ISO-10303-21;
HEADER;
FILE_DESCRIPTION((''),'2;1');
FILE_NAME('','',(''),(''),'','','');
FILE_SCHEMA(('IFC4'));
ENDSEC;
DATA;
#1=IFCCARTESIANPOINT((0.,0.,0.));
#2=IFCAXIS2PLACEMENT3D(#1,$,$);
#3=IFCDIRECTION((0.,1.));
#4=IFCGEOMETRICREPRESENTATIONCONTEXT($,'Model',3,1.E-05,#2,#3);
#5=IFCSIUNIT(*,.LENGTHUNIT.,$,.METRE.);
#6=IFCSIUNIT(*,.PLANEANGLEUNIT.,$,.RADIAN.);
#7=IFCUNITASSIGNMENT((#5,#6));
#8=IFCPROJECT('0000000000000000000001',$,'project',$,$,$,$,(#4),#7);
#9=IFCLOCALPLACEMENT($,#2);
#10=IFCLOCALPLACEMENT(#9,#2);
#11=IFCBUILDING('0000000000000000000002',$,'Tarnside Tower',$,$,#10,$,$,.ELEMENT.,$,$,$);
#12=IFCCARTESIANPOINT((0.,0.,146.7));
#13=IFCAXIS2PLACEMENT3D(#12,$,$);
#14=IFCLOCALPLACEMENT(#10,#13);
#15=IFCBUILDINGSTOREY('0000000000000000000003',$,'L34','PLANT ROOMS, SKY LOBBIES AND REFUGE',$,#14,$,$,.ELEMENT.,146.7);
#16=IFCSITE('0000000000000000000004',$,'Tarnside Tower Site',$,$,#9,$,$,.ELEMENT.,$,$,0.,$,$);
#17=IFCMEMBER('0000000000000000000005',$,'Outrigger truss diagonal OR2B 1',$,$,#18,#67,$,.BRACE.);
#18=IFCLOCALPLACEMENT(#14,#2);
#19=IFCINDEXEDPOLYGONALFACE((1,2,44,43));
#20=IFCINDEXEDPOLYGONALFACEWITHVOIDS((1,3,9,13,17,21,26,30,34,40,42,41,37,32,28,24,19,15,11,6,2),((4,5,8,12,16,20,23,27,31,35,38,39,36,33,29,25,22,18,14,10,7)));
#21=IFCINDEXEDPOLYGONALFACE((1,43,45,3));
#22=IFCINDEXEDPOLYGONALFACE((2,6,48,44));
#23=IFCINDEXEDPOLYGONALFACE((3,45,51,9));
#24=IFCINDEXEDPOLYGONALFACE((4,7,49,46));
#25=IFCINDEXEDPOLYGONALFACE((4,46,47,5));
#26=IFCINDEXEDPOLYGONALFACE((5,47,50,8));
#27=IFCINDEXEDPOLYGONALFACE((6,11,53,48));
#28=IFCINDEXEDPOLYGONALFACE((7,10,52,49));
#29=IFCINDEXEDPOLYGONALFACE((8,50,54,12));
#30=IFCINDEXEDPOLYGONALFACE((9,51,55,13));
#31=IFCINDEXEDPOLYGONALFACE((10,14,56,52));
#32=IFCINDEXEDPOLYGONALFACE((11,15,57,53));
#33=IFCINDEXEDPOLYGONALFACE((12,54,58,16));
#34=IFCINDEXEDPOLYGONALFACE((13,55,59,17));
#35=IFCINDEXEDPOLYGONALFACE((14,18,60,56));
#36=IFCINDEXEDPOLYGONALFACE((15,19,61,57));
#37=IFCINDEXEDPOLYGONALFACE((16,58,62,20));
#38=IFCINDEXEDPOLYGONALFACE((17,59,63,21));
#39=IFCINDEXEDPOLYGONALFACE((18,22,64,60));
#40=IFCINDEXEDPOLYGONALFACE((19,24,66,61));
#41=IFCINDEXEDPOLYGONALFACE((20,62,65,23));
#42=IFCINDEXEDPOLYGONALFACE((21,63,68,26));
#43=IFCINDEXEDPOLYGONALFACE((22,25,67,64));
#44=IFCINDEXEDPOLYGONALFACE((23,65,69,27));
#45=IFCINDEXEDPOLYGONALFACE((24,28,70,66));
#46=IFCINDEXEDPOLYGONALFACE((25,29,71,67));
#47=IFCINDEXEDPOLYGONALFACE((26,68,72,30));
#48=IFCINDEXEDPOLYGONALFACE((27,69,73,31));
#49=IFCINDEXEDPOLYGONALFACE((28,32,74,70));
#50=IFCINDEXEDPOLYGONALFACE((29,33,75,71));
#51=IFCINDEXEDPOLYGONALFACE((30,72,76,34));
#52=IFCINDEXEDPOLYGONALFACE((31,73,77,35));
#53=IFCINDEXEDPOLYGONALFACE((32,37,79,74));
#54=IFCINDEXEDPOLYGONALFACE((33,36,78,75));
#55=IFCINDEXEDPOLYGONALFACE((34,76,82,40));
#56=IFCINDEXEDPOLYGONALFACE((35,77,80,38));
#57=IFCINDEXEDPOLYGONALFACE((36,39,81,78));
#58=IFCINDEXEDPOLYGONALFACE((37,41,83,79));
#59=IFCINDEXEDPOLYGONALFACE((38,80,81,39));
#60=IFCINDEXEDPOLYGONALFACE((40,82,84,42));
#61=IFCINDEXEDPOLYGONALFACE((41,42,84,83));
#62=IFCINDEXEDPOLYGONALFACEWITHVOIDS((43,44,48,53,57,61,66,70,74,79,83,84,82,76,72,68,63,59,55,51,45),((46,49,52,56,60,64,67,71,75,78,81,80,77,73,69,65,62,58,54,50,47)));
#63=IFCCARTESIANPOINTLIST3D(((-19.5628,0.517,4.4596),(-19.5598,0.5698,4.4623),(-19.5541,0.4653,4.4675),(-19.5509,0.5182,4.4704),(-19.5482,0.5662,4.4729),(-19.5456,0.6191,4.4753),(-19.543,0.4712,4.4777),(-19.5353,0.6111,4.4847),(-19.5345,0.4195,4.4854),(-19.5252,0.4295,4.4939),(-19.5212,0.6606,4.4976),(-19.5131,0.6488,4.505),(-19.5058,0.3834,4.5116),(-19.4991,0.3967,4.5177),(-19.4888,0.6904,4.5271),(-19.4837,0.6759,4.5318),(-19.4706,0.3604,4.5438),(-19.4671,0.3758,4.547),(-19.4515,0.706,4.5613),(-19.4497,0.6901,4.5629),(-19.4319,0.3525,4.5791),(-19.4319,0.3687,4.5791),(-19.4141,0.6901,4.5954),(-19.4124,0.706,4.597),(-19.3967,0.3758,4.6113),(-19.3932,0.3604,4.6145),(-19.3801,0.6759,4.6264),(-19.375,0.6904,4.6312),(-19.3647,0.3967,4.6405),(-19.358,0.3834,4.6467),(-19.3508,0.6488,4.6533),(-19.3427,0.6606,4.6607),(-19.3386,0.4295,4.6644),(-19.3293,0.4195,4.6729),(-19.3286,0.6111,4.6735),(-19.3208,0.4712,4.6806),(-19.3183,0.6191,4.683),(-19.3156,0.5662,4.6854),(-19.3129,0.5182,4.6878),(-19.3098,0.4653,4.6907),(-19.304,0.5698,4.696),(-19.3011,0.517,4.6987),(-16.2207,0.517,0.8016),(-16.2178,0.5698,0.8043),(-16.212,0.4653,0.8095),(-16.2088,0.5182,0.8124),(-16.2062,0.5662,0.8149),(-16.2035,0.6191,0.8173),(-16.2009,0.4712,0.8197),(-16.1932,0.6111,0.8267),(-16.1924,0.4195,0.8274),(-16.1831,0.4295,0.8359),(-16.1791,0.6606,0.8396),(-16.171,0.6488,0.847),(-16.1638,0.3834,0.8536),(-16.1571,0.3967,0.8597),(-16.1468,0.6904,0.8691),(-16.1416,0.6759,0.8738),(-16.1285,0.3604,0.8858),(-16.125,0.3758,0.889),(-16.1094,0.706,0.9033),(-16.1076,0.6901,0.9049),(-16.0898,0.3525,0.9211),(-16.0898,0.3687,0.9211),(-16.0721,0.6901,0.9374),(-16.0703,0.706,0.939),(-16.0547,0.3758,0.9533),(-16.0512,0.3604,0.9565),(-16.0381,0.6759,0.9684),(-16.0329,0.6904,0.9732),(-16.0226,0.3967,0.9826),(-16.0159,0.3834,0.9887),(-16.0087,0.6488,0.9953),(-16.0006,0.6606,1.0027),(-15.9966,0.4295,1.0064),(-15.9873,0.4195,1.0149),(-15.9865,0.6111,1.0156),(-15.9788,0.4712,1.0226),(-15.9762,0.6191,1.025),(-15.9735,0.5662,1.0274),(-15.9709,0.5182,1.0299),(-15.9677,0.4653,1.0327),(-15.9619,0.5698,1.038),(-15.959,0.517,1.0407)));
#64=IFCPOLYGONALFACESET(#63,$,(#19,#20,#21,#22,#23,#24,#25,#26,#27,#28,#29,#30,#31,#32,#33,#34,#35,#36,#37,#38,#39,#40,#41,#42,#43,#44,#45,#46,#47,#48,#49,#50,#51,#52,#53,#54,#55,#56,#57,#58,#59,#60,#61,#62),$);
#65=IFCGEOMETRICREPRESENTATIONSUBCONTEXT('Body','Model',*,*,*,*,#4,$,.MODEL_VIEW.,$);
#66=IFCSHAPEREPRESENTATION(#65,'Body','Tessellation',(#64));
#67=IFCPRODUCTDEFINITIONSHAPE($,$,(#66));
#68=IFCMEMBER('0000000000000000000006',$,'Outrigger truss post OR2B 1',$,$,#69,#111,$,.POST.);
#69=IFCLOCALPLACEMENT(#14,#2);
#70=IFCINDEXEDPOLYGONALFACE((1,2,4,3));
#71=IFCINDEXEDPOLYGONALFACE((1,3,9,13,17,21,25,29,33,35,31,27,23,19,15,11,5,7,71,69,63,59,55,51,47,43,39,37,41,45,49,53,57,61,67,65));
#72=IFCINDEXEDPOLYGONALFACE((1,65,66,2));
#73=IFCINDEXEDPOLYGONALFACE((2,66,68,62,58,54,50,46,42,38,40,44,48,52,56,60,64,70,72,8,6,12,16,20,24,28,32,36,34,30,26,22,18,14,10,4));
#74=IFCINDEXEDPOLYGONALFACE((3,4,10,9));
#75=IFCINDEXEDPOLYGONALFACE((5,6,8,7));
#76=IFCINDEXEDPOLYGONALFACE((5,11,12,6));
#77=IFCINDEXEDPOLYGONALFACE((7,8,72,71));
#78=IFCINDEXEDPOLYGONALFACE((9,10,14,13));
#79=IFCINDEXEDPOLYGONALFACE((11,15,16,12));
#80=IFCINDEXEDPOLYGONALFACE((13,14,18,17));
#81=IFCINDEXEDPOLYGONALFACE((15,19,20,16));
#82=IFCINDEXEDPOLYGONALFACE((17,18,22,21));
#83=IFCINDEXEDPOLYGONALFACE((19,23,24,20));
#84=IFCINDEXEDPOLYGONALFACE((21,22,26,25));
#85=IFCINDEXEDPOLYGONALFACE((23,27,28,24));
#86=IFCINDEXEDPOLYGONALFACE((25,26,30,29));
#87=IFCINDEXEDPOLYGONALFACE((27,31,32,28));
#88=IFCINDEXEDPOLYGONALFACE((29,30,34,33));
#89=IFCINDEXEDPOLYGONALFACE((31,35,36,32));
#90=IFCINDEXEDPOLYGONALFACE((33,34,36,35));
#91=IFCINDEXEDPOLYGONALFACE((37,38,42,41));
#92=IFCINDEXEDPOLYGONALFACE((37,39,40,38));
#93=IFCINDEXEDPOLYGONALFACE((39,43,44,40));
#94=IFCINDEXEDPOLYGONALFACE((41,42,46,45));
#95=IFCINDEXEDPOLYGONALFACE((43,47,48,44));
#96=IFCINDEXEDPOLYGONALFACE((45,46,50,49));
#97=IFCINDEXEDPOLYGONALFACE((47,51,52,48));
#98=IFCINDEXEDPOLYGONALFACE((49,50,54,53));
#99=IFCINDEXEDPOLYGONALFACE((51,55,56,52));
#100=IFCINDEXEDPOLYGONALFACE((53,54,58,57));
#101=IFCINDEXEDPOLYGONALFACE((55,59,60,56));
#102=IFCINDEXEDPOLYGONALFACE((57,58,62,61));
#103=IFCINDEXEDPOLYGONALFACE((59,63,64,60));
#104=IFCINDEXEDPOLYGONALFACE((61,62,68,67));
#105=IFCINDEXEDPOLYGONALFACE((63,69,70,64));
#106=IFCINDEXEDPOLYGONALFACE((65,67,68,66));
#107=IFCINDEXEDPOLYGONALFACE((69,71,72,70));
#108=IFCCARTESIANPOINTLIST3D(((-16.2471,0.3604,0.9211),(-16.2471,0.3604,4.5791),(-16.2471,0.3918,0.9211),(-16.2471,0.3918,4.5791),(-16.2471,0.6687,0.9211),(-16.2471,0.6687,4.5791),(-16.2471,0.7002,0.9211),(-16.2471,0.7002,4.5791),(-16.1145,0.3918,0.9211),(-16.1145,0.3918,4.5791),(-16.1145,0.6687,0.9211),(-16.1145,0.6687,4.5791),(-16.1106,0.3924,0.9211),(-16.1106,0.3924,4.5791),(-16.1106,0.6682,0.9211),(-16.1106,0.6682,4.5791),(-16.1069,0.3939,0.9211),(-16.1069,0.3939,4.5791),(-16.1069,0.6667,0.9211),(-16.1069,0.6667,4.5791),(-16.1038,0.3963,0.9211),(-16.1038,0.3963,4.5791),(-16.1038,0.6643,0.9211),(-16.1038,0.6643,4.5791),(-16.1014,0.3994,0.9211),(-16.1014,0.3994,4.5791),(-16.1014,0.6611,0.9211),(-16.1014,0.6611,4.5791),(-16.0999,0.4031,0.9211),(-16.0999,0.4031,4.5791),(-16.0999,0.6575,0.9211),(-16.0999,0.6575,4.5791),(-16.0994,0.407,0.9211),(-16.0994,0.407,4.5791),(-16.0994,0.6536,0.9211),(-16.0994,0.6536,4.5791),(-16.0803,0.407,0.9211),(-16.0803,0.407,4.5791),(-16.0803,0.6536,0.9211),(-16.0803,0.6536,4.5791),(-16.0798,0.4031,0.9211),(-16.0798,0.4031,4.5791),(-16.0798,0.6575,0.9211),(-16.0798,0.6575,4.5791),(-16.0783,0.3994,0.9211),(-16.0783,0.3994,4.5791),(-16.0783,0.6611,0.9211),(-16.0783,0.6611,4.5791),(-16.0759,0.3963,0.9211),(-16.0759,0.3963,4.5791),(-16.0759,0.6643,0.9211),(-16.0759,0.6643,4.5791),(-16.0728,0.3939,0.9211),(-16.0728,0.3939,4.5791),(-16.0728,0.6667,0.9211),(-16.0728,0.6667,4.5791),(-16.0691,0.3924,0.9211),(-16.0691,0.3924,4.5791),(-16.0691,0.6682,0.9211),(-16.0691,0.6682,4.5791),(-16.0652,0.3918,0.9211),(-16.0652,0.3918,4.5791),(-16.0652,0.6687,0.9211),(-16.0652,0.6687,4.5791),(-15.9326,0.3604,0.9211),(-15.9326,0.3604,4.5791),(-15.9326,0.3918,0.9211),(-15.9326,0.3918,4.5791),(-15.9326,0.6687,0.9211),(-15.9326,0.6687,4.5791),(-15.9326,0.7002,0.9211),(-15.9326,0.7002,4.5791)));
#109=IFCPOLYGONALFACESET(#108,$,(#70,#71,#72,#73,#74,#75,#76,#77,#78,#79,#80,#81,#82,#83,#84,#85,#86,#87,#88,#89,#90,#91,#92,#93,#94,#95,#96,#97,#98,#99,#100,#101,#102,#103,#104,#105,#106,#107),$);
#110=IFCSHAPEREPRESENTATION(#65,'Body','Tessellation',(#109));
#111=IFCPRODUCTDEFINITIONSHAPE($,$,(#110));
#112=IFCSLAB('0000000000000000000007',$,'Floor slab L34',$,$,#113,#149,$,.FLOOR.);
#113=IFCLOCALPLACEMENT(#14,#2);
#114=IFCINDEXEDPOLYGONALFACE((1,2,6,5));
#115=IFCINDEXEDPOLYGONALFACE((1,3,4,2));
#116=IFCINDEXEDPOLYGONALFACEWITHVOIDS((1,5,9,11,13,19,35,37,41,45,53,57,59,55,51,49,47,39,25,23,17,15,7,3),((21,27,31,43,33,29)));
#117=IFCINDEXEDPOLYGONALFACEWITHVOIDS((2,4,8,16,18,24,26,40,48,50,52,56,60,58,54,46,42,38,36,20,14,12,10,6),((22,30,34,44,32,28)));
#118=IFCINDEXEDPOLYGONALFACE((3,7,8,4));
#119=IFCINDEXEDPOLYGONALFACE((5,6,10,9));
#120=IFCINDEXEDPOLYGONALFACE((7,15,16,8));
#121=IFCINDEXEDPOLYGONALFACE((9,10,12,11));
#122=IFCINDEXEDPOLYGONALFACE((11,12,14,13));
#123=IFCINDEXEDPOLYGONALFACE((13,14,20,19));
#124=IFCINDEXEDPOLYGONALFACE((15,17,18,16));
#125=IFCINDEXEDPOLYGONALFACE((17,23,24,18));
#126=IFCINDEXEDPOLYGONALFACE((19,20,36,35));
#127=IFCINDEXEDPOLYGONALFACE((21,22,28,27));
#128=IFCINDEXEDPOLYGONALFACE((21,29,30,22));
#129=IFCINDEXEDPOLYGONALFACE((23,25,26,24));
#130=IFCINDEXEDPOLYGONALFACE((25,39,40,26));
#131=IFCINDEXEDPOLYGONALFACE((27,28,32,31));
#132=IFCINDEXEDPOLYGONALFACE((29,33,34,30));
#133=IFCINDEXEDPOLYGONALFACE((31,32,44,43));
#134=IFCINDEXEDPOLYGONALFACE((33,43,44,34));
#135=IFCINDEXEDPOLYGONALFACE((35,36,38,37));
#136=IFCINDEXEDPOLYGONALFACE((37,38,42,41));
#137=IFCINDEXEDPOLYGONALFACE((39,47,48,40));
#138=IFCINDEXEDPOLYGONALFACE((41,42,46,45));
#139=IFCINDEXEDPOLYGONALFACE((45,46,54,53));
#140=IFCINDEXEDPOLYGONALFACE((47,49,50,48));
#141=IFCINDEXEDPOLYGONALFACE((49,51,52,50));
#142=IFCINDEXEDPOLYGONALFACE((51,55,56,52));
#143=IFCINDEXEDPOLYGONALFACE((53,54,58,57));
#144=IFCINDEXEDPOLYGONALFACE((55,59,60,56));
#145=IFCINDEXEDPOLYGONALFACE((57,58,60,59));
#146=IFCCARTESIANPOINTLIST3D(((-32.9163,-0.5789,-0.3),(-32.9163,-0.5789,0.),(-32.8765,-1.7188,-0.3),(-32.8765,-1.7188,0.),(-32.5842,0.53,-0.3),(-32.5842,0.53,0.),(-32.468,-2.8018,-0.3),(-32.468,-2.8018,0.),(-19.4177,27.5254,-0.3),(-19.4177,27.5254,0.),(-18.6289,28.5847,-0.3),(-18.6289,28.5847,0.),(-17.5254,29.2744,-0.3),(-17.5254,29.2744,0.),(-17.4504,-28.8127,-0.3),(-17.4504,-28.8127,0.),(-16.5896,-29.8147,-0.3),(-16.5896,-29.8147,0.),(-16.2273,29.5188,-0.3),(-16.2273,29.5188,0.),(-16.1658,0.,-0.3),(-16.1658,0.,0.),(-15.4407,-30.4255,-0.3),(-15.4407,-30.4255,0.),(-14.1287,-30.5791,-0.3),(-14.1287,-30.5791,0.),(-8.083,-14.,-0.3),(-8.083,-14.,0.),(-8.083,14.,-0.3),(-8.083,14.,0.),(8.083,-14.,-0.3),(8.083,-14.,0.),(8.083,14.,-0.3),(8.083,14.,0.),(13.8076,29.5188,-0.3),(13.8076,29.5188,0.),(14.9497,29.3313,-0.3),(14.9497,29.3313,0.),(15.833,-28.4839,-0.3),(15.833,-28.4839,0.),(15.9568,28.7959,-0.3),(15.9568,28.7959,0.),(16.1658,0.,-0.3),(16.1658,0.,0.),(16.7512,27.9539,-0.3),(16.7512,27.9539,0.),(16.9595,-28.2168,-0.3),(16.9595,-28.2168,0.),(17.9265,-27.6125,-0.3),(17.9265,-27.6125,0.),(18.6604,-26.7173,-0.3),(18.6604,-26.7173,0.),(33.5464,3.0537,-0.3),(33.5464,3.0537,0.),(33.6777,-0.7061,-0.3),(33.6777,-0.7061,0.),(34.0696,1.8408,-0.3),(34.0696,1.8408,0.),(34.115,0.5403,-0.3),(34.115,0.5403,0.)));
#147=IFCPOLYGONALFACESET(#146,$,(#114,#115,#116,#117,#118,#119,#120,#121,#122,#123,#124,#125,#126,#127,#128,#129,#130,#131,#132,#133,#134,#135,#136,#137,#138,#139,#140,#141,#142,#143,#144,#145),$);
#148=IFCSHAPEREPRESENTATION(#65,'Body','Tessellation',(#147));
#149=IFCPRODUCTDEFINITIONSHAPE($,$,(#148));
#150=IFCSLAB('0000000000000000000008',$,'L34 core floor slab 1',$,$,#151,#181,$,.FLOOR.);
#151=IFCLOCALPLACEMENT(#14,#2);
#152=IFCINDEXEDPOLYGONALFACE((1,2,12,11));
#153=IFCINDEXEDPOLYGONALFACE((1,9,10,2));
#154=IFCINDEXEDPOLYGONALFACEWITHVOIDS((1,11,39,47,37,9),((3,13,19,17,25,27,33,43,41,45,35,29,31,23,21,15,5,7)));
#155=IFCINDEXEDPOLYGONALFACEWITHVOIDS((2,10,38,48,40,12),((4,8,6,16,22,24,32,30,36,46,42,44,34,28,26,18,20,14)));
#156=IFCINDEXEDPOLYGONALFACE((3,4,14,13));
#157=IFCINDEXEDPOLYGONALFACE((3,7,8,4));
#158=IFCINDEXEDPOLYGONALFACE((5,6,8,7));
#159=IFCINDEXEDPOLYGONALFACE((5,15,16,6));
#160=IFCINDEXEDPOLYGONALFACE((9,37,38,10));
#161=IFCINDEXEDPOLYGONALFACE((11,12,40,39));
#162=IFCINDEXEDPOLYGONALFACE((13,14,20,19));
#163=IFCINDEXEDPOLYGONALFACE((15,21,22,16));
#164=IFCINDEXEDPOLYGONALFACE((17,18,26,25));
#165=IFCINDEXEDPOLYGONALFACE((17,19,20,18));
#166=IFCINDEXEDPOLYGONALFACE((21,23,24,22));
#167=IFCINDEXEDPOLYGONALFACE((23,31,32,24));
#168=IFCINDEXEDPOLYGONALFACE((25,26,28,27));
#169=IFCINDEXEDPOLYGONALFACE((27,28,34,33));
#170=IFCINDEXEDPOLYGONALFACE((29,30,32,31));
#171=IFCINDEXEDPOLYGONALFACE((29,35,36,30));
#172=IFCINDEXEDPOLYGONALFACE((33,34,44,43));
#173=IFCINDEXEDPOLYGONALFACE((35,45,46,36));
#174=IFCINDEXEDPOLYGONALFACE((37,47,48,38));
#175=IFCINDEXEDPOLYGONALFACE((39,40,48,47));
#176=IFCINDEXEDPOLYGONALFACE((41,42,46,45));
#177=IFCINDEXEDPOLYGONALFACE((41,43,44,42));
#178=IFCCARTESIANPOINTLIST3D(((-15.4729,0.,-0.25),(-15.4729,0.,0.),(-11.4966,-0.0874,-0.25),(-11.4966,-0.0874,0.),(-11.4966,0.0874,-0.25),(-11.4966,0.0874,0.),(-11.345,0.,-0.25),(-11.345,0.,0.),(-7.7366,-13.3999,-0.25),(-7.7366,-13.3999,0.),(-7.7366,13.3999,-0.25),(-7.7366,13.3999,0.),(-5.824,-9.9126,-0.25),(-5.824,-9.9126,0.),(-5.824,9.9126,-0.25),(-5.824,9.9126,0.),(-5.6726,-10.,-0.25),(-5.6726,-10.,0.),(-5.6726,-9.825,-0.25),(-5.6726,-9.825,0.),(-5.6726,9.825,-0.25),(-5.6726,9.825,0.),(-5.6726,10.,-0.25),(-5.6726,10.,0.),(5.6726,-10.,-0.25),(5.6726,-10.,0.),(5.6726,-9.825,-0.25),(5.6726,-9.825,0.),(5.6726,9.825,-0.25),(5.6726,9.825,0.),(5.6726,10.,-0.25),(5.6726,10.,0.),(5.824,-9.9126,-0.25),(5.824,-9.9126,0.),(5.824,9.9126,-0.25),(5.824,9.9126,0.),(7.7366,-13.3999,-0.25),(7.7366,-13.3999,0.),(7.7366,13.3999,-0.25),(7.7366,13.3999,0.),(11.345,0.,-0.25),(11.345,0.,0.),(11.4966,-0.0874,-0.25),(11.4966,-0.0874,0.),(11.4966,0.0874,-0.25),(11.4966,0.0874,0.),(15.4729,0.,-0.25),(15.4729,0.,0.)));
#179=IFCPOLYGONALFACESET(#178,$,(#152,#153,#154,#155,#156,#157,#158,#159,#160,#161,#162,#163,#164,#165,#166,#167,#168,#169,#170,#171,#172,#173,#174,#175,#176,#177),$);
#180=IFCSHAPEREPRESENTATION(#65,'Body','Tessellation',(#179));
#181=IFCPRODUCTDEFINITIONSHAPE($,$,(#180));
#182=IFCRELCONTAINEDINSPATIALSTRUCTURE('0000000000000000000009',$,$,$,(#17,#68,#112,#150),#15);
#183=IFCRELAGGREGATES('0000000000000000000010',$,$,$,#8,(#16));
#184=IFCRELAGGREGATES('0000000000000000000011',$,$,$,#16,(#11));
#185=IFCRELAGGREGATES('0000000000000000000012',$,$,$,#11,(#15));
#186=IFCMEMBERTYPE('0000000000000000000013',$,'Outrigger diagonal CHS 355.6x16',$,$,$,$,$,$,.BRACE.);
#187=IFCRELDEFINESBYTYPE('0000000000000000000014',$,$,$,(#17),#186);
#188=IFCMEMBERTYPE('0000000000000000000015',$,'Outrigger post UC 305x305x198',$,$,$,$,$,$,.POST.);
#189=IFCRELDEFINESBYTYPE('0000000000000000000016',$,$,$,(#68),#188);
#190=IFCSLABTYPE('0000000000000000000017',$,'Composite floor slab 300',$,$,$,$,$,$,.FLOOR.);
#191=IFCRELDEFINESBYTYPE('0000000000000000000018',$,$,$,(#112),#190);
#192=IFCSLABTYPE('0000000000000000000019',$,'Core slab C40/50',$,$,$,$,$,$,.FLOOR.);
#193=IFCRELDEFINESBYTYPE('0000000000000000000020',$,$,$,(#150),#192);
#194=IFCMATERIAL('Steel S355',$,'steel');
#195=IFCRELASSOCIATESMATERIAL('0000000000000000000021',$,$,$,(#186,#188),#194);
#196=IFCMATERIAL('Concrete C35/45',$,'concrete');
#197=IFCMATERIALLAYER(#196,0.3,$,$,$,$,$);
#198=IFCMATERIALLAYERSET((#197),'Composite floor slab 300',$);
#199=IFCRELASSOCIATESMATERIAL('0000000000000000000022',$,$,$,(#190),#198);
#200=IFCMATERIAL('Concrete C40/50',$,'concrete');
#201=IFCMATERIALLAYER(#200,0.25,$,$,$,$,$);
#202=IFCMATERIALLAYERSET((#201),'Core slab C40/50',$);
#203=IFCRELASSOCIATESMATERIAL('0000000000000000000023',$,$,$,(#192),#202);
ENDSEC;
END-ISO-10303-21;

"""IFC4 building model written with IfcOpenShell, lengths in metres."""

from ifc_helpers import new_model, si_unit, direction, frame, origin, origin_2d, place, context, subcontext, project, spatial, polyline, hollow_circle, i_section, outline, extrude, material, layer, layer_set, material_profile, profile_set, type_object, element, save


model = new_model("IFC4")

# Units and contexts
model_context = context("Model", 3, precision=1e-05, world=origin(), true_north=direction((0.0, 1.0)))
body_context = subcontext(model_context, "Body", "Model", "MODEL_VIEW")
ifc_project = project(units=[si_unit("LENGTHUNIT", "METRE"), si_unit("PLANEANGLEUNIT", "RADIAN")], contexts=[model_context])

# Site, building, storey
site_placement = place(None, origin())
site = spatial("IfcSite", under=ifc_project, at=site_placement, Name="Tarnside Tower Site", CompositionType="ELEMENT", RefElevation=0.0)
building_placement = place(site_placement, origin())
building = spatial("IfcBuilding", under=site, at=building_placement, Name="Tarnside Tower", CompositionType="ELEMENT")
storey_placement = place(building_placement, frame((0.0, 0.0, 146.7)))
storey = spatial("IfcBuildingStorey", under=building, at=storey_placement, Name="L34", Description="PLANT ROOMS, SKY LOBBIES AND REFUGE", CompositionType="ELEMENT", Elevation=146.7)

# Members
ifc_material_1 = material(Name="Steel S355", Category="steel")
ifc_material_profile_1 = material_profile(ifc_material_1, hollow_circle(Radius=0.1777, WallThickness=0.0161, at=origin_2d()), Name="CHS 355.6x16")
ifc_profile_set_1 = profile_set([ifc_material_profile_1], Name="Steel S355")
member_type_1 = type_object("IfcMemberType", Name="Outrigger diagonal CHS 355.6x16", PredefinedType="BRACE", material=ifc_profile_set_1)
member_1_placement = place(storey_placement, frame((-16.0898, 0.5303, 0.9211), z_axis=(-0.674508, 0.0, 0.738268), x_axis=(0.0, -1.0, 0.0)))
element("IfcMember", 1, at=member_1_placement, inside=storey, type_object=member_type_1, Name="Outrigger truss diagonal OR2B 1", PredefinedType="BRACE", context=body_context, shape_type="SweptSolid", body=[
    extrude(hollow_circle(Radius=0.1777, WallThickness=0.0161, at=origin_2d()), origin(), (0.0, 0.0, 1.0), 4.9548),
])
ifc_material_profile_2 = material_profile(ifc_material_1, i_section(OverallWidth=0.3145, OverallDepth=0.3398, WebThickness=0.019, FlangeThickness=0.0315, FilletRadius=0.0151, at=origin_2d()), Name="UC 305x305x198")
ifc_profile_set_2 = profile_set([ifc_material_profile_2], Name="Steel S355")
member_type_2 = type_object("IfcMemberType", Name="Outrigger post UC 305x305x198", PredefinedType="POST", material=ifc_profile_set_2)
member_2_placement = place(storey_placement, frame((-16.0898, 0.5303, 0.9211), z_axis=(0.0, 0.0, 1.0), x_axis=(-1.0, 0.0, 0.0)))
element("IfcMember", 2, at=member_2_placement, inside=storey, type_object=member_type_2, Name="Outrigger truss post OR2B 1", PredefinedType="POST", context=body_context, shape_type="SweptSolid", body=[
    extrude(i_section(OverallWidth=0.3145, OverallDepth=0.3398, WebThickness=0.019, FlangeThickness=0.0315, FilletRadius=0.0151, at=origin_2d()), origin(), (0.0, 0.0, 1.0), 3.658),
])

# Slabs
ifc_material_2 = material(Name="Concrete C35/45", Category="concrete")
ifc_layer_1 = layer(ifc_material_2, 0.3)
ifc_layer_set_1 = layer_set([ifc_layer_1], Name="Composite floor slab 300")
slab_type_1 = type_object("IfcSlabType", Name="Composite floor slab 300", PredefinedType="FLOOR", material=ifc_layer_set_1)
slab_1_placement = place(storey_placement, frame((0.0, 0.0, -0.3)))
element("IfcSlab", 3, at=slab_1_placement, inside=storey, type_object=slab_type_1, Name="Floor slab L34", PredefinedType="FLOOR", context=body_context, shape_type="SweptSolid", body=[
    extrude(outline(polyline([(14.9497, 29.3313), (15.9568, 28.7959), (16.7512, 27.9539), (33.5464, 3.0537), (34.0696, 1.8408), (34.115, 0.5403), (33.6777, -0.7061), (18.6604, -26.7173), (17.9265, -27.6125), (16.9595, -28.2168), (15.833, -28.4839), (-14.1287, -30.5791), (-15.4407, -30.4255), (-16.5896, -29.8147), (-17.4504, -28.8127), (-32.468, -2.8018), (-32.8765, -1.7188), (-32.9163, -0.5789), (-32.5842, 0.53), (-19.4177, 27.5254), (-18.6289, 28.5847), (-17.5254, 29.2744), (-16.2273, 29.5188), (13.8076, 29.5188), (14.9497, 29.3313)]), holes=[polyline([(-16.1658, 0.0), (-8.083, -14.0), (8.083, -14.0), (16.1658, 0.0), (8.083, 14.0), (-8.083, 14.0), (-16.1658, 0.0)])]), origin(), (0.0, 0.0, 1.0), 0.3),
])
ifc_material_3 = material(Name="Concrete C40/50", Category="concrete")
ifc_layer_2 = layer(ifc_material_3, 0.25)
ifc_layer_set_2 = layer_set([ifc_layer_2], Name="Core slab C40/50")
slab_type_2 = type_object("IfcSlabType", Name="Core slab C40/50", PredefinedType="FLOOR", material=ifc_layer_set_2)
slab_2_placement = place(storey_placement, frame((0.0, 0.0, -0.25)))
element("IfcSlab", 4, at=slab_2_placement, inside=storey, type_object=slab_type_2, Name="L34 core floor slab 1", PredefinedType="FLOOR", context=body_context, shape_type="SweptSolid", body=[
    extrude(outline(polyline([(-15.4729, 0.0), (-7.7366, 13.3999), (7.7366, 13.3999), (15.4729, 0.0), (7.7366, -13.3999), (-7.7366, -13.3999), (-15.4729, 0.0)]), holes=[polyline([(5.824, -9.9126), (11.4966, -0.0874), (11.345, 0.0), (11.4966, 0.0874), (5.824, 9.9126), (5.6726, 9.825), (5.6726, 10.0), (-5.6726, 10.0), (-5.6726, 9.825), (-5.824, 9.9126), (-11.4966, 0.0874), (-11.345, 0.0), (-11.4966, -0.0874), (-5.824, -9.9126), (-5.6726, -9.825), (-5.6726, -10.0), (5.6726, -10.0), (5.6726, -9.825), (5.824, -9.9126)])]), origin(), (0.0, 0.0, 1.0), 0.25),
])

save(model, "model.ifc")
